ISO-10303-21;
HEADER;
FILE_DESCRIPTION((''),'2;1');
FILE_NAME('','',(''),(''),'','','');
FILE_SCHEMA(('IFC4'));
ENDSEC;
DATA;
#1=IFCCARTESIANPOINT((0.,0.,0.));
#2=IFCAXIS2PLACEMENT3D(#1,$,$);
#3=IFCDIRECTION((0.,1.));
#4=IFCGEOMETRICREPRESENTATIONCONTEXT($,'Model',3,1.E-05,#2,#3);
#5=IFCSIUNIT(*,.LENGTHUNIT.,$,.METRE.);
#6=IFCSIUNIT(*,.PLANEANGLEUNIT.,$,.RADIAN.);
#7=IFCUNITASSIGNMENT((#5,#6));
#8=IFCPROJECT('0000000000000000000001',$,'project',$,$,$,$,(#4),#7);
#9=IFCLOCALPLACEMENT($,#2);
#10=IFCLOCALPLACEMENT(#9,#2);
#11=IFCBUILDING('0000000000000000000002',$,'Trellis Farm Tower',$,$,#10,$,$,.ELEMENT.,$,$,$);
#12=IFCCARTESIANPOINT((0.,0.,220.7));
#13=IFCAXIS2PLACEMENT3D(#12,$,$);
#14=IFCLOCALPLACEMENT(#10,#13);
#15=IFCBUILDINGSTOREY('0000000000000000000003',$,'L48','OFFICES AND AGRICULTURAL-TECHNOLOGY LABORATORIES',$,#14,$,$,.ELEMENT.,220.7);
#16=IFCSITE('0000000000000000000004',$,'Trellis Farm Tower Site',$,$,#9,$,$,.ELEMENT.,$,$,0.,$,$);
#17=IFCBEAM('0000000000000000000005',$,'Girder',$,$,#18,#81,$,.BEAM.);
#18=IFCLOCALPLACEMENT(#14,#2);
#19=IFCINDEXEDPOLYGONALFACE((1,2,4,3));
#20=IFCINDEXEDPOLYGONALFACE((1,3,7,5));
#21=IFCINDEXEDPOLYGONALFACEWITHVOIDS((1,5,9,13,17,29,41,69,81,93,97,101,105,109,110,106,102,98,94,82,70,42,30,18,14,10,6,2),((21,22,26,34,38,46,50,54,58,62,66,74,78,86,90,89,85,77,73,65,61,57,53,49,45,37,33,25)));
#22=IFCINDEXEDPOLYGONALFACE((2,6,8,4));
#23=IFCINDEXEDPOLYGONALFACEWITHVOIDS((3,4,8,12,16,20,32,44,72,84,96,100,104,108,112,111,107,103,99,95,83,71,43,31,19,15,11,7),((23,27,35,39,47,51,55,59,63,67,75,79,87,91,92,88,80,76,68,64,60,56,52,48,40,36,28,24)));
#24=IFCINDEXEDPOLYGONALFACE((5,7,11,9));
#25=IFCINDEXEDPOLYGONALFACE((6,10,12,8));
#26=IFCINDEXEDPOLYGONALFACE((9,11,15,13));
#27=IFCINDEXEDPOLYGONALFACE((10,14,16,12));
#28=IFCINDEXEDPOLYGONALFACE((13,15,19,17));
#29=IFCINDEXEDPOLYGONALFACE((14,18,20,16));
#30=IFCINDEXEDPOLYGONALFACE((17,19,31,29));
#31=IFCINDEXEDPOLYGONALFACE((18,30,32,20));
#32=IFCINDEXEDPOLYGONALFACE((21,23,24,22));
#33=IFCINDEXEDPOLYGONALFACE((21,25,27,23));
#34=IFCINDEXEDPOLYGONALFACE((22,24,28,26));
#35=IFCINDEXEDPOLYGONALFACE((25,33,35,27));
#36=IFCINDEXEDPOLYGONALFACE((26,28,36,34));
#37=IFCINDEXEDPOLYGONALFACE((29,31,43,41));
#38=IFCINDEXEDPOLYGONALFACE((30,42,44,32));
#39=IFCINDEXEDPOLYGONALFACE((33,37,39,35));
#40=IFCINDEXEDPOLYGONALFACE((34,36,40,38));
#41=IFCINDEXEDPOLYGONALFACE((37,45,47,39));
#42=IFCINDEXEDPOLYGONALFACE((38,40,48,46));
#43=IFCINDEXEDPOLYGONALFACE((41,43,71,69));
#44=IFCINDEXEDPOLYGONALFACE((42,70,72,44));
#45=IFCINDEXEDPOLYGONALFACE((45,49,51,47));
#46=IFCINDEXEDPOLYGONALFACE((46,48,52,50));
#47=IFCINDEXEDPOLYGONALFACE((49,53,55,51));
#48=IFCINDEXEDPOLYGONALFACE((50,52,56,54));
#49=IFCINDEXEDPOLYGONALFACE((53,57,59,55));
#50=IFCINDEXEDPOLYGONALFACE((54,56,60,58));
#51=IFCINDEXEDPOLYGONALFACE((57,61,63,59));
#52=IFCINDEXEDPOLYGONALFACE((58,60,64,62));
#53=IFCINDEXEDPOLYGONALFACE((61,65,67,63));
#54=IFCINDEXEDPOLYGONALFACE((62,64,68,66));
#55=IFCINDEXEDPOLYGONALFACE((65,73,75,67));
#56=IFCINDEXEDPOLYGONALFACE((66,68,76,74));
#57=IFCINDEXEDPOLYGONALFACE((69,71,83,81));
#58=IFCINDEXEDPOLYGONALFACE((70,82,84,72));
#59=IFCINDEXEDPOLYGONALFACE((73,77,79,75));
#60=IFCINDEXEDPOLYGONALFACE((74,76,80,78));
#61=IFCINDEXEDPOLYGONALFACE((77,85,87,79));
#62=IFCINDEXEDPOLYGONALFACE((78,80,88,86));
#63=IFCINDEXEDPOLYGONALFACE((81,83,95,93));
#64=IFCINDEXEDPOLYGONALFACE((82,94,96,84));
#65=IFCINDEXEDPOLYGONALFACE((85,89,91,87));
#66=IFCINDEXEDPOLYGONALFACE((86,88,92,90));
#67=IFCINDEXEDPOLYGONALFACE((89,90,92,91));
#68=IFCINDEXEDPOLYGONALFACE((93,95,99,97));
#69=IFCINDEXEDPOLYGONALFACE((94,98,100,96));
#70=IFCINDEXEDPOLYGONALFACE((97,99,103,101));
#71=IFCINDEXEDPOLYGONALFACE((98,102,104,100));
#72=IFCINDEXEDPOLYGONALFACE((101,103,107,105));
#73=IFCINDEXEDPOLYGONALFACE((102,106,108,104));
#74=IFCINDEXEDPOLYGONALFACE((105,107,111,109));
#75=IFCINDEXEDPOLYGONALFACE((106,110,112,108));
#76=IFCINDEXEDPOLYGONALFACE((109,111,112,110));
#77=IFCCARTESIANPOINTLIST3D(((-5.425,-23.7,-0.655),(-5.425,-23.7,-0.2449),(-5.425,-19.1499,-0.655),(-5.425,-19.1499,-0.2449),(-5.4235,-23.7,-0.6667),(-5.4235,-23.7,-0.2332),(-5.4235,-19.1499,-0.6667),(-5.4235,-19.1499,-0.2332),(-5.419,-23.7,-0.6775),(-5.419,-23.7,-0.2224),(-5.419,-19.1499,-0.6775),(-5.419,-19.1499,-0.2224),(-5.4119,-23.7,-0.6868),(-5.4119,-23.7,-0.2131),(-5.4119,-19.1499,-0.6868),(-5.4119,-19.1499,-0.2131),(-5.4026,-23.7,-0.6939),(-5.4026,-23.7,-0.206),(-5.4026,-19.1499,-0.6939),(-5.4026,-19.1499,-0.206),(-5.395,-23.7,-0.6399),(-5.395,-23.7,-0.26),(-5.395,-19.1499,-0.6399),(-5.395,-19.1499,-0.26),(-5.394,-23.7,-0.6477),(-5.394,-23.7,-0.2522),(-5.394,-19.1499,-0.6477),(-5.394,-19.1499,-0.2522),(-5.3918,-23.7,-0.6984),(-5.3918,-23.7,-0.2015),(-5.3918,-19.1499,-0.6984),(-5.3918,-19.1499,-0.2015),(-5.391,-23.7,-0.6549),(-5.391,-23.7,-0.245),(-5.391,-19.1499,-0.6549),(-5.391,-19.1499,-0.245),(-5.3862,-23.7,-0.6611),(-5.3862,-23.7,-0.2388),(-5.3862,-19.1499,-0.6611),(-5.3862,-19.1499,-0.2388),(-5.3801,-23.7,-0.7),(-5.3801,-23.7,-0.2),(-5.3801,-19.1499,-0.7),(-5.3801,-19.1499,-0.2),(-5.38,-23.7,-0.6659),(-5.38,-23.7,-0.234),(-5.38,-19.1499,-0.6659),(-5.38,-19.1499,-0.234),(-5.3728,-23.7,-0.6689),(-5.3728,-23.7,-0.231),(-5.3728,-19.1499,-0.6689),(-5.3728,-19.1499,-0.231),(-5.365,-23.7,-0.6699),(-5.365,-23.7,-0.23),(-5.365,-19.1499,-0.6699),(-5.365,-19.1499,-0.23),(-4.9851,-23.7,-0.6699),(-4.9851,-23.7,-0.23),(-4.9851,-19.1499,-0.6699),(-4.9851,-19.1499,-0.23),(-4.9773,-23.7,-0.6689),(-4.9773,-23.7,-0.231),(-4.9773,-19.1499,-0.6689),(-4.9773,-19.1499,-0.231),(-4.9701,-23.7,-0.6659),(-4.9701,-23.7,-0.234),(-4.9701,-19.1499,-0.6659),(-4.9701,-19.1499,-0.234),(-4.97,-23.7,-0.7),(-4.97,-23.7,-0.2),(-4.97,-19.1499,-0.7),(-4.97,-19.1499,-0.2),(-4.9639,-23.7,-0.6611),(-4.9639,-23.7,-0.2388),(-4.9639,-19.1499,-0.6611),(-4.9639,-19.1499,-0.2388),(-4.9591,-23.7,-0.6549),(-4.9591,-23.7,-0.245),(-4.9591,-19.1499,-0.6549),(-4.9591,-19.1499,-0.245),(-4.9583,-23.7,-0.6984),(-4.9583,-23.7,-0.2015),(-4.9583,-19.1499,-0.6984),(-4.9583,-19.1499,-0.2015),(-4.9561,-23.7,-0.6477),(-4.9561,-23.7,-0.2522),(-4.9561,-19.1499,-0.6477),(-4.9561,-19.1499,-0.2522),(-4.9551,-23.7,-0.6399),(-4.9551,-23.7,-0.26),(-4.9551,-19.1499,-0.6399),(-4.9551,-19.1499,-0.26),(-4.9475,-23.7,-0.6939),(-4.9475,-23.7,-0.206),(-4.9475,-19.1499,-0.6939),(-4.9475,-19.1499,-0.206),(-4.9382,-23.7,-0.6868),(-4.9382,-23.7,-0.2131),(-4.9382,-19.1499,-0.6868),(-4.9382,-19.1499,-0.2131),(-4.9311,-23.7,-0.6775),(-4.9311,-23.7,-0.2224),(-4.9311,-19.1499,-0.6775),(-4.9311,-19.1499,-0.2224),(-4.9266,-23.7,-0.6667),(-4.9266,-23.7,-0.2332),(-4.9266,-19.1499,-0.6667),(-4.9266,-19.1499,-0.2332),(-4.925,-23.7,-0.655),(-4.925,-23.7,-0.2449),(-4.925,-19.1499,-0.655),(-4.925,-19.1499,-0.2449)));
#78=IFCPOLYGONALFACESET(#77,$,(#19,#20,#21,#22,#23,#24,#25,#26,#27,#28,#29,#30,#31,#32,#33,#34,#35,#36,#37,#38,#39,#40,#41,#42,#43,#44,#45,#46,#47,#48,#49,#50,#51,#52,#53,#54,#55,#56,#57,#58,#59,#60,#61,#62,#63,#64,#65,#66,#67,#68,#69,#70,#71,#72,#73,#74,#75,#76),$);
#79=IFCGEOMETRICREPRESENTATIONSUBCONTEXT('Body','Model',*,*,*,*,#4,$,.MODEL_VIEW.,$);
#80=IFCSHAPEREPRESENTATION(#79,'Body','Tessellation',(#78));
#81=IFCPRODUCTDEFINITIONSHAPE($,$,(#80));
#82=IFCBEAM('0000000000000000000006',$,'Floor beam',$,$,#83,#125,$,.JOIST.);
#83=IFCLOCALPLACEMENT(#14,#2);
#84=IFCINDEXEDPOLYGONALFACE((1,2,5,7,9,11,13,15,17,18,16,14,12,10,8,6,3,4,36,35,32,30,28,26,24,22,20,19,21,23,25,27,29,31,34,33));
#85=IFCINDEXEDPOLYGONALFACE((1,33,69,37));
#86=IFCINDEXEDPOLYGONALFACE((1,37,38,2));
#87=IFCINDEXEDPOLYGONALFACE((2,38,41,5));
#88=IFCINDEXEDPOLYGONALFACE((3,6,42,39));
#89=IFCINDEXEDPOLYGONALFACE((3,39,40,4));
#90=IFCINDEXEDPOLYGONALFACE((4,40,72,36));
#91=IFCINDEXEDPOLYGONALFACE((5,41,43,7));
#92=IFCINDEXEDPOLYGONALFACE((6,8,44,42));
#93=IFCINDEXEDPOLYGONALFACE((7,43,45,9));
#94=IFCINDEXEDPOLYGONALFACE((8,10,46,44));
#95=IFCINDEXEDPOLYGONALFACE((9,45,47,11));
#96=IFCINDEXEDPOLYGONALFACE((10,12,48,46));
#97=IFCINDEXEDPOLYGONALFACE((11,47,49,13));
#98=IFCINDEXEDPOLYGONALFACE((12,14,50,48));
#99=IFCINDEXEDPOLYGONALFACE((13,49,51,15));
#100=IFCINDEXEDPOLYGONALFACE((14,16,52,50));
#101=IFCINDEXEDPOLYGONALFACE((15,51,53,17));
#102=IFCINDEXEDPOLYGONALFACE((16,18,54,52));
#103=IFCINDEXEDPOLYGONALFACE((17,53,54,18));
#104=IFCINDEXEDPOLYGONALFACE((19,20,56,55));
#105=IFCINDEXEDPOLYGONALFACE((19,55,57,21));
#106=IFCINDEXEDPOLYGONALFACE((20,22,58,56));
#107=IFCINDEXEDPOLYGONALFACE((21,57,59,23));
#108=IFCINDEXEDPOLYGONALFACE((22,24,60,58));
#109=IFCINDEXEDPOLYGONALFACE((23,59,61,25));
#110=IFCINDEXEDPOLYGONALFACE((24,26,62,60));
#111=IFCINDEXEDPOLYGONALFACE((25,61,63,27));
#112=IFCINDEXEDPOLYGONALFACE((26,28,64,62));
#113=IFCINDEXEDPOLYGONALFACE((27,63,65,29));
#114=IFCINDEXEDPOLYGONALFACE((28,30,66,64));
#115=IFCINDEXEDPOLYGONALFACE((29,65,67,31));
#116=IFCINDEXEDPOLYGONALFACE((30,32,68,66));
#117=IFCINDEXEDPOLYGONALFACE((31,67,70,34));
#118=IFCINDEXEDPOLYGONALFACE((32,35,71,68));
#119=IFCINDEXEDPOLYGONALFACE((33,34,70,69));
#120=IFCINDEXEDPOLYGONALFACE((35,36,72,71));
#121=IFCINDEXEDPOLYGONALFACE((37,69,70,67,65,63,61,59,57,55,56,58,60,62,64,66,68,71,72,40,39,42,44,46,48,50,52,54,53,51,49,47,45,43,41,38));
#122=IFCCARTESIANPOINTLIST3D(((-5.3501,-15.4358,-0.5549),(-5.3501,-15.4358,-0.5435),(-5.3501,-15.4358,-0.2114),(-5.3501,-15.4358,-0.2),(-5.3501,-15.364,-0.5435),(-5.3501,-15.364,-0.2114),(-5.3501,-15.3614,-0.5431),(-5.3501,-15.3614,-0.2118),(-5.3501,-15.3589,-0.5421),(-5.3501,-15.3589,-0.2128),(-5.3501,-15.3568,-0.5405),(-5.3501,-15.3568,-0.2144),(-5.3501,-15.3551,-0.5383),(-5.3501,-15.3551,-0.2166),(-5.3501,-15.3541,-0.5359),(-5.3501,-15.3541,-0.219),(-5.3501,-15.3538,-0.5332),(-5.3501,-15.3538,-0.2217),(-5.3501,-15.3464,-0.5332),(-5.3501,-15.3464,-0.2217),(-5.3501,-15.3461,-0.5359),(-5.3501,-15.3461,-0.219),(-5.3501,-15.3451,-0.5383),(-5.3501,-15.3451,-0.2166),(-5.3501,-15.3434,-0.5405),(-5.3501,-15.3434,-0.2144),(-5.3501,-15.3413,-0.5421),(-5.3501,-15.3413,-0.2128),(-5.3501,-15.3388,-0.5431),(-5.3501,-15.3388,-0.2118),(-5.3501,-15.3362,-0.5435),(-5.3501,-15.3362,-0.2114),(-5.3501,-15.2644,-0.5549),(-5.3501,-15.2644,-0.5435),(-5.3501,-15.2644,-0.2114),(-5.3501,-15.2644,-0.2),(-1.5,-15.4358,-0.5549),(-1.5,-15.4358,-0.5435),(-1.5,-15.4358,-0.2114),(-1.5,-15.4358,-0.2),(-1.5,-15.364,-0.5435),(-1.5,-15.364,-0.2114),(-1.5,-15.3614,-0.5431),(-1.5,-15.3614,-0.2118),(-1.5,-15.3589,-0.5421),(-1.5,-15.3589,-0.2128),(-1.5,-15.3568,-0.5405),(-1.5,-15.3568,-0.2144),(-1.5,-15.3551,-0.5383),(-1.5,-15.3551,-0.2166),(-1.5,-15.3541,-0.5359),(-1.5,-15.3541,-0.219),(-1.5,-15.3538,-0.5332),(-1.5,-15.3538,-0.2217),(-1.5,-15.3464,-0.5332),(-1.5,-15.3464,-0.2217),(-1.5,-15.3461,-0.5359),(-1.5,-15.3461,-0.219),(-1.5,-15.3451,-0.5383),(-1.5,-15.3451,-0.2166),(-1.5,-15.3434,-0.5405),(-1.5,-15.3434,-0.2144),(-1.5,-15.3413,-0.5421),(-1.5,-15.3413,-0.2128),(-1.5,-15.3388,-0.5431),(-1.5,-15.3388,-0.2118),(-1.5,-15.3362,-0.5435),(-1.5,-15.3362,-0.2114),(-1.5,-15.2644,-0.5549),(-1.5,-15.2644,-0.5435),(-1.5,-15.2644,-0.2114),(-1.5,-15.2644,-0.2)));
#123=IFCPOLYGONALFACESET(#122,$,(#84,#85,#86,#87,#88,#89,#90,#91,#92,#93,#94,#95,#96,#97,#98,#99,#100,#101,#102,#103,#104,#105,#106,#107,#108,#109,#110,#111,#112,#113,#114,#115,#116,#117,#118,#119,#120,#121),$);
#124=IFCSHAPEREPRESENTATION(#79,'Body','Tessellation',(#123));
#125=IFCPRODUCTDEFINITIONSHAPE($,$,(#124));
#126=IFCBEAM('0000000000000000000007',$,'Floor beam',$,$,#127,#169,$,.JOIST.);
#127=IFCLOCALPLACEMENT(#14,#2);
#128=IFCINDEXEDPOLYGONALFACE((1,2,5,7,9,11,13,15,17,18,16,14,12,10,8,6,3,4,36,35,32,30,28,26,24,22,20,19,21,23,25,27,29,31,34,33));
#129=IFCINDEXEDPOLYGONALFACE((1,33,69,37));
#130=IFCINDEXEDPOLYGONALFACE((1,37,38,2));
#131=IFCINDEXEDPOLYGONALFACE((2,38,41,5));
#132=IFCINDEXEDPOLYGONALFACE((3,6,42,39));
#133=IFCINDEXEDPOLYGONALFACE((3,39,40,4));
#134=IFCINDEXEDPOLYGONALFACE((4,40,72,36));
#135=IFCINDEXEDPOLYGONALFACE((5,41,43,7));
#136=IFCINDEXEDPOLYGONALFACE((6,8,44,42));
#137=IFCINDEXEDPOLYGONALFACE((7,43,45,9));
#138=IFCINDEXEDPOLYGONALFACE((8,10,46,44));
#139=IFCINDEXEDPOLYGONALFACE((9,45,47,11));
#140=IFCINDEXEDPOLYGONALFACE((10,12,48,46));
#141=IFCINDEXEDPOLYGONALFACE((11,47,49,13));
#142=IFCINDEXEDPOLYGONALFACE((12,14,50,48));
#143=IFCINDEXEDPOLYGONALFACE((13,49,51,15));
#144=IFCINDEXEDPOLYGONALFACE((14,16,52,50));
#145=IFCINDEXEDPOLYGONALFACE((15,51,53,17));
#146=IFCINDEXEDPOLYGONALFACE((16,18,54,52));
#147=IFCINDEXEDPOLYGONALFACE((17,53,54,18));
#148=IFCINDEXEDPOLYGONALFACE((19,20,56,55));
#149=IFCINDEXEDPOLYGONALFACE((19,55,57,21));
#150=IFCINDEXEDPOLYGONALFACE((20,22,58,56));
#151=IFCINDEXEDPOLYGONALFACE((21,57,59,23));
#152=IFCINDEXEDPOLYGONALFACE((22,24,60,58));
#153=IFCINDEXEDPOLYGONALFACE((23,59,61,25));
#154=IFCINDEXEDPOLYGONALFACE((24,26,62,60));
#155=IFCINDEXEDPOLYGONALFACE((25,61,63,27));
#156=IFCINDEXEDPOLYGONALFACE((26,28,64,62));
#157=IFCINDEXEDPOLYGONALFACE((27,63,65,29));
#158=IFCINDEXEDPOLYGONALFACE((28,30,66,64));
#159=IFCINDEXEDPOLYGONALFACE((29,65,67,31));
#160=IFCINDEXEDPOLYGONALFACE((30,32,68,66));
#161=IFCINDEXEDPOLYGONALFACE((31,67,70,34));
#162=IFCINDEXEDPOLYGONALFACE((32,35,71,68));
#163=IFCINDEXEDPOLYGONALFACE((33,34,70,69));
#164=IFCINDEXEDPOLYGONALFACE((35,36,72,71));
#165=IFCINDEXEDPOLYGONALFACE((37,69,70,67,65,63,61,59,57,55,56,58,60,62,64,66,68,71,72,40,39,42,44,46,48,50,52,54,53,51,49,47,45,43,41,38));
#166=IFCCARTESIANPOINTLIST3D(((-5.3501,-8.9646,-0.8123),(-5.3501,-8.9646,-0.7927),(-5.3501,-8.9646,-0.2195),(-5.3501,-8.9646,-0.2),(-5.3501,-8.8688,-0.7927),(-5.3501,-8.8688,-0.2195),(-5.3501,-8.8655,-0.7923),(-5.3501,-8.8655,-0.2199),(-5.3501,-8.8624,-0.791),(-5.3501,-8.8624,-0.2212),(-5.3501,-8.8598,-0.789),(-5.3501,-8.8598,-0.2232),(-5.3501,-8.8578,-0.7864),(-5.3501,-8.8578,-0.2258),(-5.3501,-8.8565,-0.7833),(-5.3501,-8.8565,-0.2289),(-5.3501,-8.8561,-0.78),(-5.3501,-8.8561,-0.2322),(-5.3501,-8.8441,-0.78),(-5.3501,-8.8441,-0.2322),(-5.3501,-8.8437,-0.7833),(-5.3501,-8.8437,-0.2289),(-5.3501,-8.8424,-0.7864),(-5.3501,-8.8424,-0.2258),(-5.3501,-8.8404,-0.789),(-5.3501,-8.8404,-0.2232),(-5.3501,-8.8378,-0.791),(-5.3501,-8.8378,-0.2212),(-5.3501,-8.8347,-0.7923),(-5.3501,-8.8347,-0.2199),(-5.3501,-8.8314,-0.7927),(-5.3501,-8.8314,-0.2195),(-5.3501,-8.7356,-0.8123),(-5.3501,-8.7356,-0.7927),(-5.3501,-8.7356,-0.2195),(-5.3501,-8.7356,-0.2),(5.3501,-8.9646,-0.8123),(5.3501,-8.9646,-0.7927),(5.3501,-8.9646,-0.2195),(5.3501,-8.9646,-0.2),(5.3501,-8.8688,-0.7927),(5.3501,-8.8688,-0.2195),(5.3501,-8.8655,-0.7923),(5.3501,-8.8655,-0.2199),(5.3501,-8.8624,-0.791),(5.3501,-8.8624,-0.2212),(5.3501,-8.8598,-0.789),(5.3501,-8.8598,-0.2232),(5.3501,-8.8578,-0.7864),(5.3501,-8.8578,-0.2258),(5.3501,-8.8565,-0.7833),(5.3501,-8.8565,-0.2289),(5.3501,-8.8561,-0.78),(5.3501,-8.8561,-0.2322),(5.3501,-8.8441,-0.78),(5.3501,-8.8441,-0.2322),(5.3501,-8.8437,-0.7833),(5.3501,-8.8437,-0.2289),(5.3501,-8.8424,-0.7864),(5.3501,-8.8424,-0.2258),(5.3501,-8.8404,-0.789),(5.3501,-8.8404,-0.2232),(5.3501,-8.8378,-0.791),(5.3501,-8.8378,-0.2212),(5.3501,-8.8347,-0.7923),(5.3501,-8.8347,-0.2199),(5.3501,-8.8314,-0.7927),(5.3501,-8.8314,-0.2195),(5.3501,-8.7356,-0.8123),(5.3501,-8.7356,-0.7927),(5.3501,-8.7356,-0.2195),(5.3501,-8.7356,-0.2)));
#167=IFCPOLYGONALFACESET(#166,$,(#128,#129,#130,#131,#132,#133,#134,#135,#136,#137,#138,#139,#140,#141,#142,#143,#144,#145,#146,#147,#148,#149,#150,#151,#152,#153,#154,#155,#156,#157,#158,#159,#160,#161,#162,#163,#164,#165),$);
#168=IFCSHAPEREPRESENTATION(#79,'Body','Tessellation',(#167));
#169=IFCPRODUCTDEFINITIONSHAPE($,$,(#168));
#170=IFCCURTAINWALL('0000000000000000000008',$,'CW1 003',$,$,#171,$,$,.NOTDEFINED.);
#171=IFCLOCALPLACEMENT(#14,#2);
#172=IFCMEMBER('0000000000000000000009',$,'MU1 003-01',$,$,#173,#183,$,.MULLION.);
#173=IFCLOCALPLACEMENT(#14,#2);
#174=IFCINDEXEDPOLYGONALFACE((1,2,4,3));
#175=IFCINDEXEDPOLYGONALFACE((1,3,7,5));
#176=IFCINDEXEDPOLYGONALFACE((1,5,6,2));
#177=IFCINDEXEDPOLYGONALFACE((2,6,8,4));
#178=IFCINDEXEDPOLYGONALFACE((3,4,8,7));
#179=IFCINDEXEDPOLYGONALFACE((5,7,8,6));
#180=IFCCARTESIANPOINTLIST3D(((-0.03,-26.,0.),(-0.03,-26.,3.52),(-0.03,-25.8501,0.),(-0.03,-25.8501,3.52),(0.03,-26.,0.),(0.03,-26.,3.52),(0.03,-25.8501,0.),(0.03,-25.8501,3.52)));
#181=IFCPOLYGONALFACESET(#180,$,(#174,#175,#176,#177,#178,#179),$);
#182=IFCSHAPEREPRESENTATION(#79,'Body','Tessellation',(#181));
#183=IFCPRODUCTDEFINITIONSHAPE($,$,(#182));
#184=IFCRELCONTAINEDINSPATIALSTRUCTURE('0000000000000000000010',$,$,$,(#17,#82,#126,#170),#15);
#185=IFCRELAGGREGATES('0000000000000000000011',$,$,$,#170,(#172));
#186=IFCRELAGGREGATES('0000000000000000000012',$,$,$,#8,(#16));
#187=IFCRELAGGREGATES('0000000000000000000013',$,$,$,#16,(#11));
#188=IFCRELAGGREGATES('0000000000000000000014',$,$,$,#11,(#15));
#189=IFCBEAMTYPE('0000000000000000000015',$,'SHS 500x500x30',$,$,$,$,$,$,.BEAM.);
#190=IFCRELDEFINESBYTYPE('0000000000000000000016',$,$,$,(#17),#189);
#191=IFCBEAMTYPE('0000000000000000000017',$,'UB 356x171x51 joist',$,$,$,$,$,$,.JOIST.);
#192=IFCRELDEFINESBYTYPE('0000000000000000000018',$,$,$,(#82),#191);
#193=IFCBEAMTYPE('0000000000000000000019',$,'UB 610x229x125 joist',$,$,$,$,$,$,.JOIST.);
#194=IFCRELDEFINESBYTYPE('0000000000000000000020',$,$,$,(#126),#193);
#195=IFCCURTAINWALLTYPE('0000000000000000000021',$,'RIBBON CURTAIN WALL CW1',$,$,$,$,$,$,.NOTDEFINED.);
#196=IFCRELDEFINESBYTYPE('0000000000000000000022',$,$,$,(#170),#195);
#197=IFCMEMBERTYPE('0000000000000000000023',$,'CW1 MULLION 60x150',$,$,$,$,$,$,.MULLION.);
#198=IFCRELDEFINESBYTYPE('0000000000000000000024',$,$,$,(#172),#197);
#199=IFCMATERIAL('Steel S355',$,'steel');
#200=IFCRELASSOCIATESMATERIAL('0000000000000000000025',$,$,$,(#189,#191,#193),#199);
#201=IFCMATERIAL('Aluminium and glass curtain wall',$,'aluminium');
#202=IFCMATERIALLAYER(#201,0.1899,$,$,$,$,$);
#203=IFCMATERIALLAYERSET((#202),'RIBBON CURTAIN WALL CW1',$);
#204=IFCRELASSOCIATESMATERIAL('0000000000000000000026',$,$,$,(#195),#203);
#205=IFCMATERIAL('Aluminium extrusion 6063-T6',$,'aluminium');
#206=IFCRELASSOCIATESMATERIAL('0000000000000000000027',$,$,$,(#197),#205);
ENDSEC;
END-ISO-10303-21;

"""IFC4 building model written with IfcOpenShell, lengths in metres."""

from ifc_helpers import new_model, si_unit, direction, frame, origin, origin_2d, place, context, subcontext, project, spatial, rectangle, hollow_rectangle, i_section, extrude, source, transform, mapped, material, layer, layer_set, material_profile, profile_set, type_object, element, aggregate, save


model = new_model("IFC4")

# Units and contexts
model_context = context("Model", 3, precision=1e-05, world=origin(), true_north=direction((0.0, 1.0)))
body_context = subcontext(model_context, "Body", "Model", "MODEL_VIEW")
ifc_project = project(units=[si_unit("LENGTHUNIT", "METRE"), si_unit("PLANEANGLEUNIT", "RADIAN")], contexts=[model_context])

# Site, building, storey
site_placement = place(None, origin())
site = spatial("IfcSite", under=ifc_project, at=site_placement, Name="Trellis Farm Tower Site", CompositionType="ELEMENT", RefElevation=0.0)
building_placement = place(site_placement, origin())
building = spatial("IfcBuilding", under=site, at=building_placement, Name="Trellis Farm Tower", CompositionType="ELEMENT")
storey_placement = place(building_placement, frame((0.0, 0.0, 220.7)))
storey = spatial("IfcBuildingStorey", under=building, at=storey_placement, Name="L48", Description="OFFICES AND AGRICULTURAL-TECHNOLOGY LABORATORIES", CompositionType="ELEMENT", Elevation=220.7)

# Beams
ifc_material_1 = material(Name="Steel S355", Category="steel")
ifc_material_profile_1 = material_profile(ifc_material_1, hollow_rectangle(XDim=0.5, YDim=0.5, WallThickness=0.03, InnerFilletRadius=0.03, OuterFilletRadius=0.0449, at=origin_2d()), Name="SHS 500x500x30")
ifc_profile_set_1 = profile_set([ifc_material_profile_1], Name="Steel S355")
beam_type_1 = type_object("IfcBeamType", Name="SHS 500x500x30", PredefinedType="BEAM", material=ifc_profile_set_1)
shared_shape_1 = source(origin(), body_context, "Body", "SweptSolid", [
    extrude(hollow_rectangle(XDim=0.5, YDim=0.5, WallThickness=0.03, InnerFilletRadius=0.03, OuterFilletRadius=0.0449, at=origin_2d()), origin(), (0.0, 0.0, 1.0), 4.55),
])
beam_1_placement = place(storey_placement, frame((-5.175, -23.7, -0.45), z_axis=(0.0, 1.0, 0.0), x_axis=(-1.0, 0.0, 0.0)))
element("IfcBeam", 1, at=beam_1_placement, inside=storey, type_object=beam_type_1, Name="Girder", PredefinedType="BEAM", context=body_context, shape_type="MappedRepresentation", body=[
    mapped(shared_shape_1, transform((0.0, 0.0, 0.0))),
])
ifc_material_profile_2 = material_profile(ifc_material_1, i_section(OverallWidth=0.1714, OverallDepth=0.355, WebThickness=0.0073, FlangeThickness=0.0115, FilletRadius=0.0103, at=origin_2d()), Name="UB 356x171x51")
ifc_profile_set_2 = profile_set([ifc_material_profile_2], Name="Steel S355")
beam_type_2 = type_object("IfcBeamType", Name="UB 356x171x51 joist", PredefinedType="JOIST", material=ifc_profile_set_2)
shared_shape_2 = source(origin(), body_context, "Body", "SweptSolid", [
    extrude(i_section(OverallWidth=0.1714, OverallDepth=0.355, WebThickness=0.0073, FlangeThickness=0.0115, FilletRadius=0.0103, at=origin_2d()), origin(), (0.0, 0.0, 1.0), 3.8501),
])
beam_2_placement = place(storey_placement, frame((-5.3501, -15.3501, -0.3774), z_axis=(1.0, 0.0, 0.0), x_axis=(0.0, 1.0, 0.0)))
element("IfcBeam", 2, at=beam_2_placement, inside=storey, type_object=beam_type_2, Name="Floor beam", PredefinedType="JOIST", context=body_context, shape_type="MappedRepresentation", body=[
    mapped(shared_shape_2, transform((0.0, 0.0, 0.0))),
])
ifc_material_profile_3 = material_profile(ifc_material_1, i_section(OverallWidth=0.229, OverallDepth=0.6123, WebThickness=0.012, FlangeThickness=0.0195, FilletRadius=0.0127, at=origin_2d()), Name="UB 610x229x125")
ifc_profile_set_3 = profile_set([ifc_material_profile_3], Name="Steel S355")
beam_type_3 = type_object("IfcBeamType", Name="UB 610x229x125 joist", PredefinedType="JOIST", material=ifc_profile_set_3)
shared_shape_3 = source(origin(), body_context, "Body", "SweptSolid", [
    extrude(i_section(OverallWidth=0.229, OverallDepth=0.6123, WebThickness=0.012, FlangeThickness=0.0195, FilletRadius=0.0127, at=origin_2d()), origin(), (0.0, 0.0, 1.0), 10.7002),
])
beam_3_placement = place(storey_placement, frame((-5.3501, -8.8501, -0.5061), z_axis=(1.0, 0.0, 0.0), x_axis=(0.0, 1.0, 0.0)))
element("IfcBeam", 3, at=beam_3_placement, inside=storey, type_object=beam_type_3, Name="Floor beam", PredefinedType="JOIST", context=body_context, shape_type="MappedRepresentation", body=[
    mapped(shared_shape_3, transform((0.0, 0.0, 0.0))),
])

# Curtain wall, member
ifc_material_2 = material(Name="Aluminium and glass curtain wall", Category="aluminium")
ifc_layer_1 = layer(ifc_material_2, 0.1899)
ifc_layer_set_1 = layer_set([ifc_layer_1], Name="RIBBON CURTAIN WALL CW1")
curtain_wall_type = type_object("IfcCurtainWallType", Name="RIBBON CURTAIN WALL CW1", PredefinedType="NOTDEFINED", material=ifc_layer_set_1)
placement = place(storey_placement, origin())
curtain_wall = element("IfcCurtainWall", 4, at=placement, inside=storey, type_object=curtain_wall_type, Name="CW1 003", PredefinedType="NOTDEFINED")
ifc_material_3 = material(Name="Aluminium extrusion 6063-T6", Category="aluminium")
ifc_material_profile_4 = material_profile(ifc_material_3, rectangle(XDim=0.0601, YDim=0.1499, at=origin_2d()), Name="MULLION 60x150")
ifc_profile_set_4 = profile_set([ifc_material_profile_4], Name="Aluminium extrusion 6063-T6")
member_type = type_object("IfcMemberType", Name="CW1 MULLION 60x150", PredefinedType="MULLION", material=ifc_profile_set_4)
shared_shape_4 = source(origin(), body_context, "Body", "SweptSolid", [
    extrude(rectangle(XDim=0.0601, YDim=0.1499, at=origin_2d()), origin(), (0.0, 0.0, 1.0), 3.52),
])
member_placement = place(storey_placement, frame((0.0, -25.925, 0.0), z_axis=(0.0, 0.0, 1.0), x_axis=(1.0, 0.0, 0.0)))
member = element("IfcMember", 5, at=member_placement, type_object=member_type, Name="MU1 003-01", PredefinedType="MULLION", context=body_context, shape_type="MappedRepresentation", body=[
    mapped(shared_shape_4, transform((0.0, 0.0, 0.0))),
])
aggregate(curtain_wall, [member])

save(model, "model.ifc")
